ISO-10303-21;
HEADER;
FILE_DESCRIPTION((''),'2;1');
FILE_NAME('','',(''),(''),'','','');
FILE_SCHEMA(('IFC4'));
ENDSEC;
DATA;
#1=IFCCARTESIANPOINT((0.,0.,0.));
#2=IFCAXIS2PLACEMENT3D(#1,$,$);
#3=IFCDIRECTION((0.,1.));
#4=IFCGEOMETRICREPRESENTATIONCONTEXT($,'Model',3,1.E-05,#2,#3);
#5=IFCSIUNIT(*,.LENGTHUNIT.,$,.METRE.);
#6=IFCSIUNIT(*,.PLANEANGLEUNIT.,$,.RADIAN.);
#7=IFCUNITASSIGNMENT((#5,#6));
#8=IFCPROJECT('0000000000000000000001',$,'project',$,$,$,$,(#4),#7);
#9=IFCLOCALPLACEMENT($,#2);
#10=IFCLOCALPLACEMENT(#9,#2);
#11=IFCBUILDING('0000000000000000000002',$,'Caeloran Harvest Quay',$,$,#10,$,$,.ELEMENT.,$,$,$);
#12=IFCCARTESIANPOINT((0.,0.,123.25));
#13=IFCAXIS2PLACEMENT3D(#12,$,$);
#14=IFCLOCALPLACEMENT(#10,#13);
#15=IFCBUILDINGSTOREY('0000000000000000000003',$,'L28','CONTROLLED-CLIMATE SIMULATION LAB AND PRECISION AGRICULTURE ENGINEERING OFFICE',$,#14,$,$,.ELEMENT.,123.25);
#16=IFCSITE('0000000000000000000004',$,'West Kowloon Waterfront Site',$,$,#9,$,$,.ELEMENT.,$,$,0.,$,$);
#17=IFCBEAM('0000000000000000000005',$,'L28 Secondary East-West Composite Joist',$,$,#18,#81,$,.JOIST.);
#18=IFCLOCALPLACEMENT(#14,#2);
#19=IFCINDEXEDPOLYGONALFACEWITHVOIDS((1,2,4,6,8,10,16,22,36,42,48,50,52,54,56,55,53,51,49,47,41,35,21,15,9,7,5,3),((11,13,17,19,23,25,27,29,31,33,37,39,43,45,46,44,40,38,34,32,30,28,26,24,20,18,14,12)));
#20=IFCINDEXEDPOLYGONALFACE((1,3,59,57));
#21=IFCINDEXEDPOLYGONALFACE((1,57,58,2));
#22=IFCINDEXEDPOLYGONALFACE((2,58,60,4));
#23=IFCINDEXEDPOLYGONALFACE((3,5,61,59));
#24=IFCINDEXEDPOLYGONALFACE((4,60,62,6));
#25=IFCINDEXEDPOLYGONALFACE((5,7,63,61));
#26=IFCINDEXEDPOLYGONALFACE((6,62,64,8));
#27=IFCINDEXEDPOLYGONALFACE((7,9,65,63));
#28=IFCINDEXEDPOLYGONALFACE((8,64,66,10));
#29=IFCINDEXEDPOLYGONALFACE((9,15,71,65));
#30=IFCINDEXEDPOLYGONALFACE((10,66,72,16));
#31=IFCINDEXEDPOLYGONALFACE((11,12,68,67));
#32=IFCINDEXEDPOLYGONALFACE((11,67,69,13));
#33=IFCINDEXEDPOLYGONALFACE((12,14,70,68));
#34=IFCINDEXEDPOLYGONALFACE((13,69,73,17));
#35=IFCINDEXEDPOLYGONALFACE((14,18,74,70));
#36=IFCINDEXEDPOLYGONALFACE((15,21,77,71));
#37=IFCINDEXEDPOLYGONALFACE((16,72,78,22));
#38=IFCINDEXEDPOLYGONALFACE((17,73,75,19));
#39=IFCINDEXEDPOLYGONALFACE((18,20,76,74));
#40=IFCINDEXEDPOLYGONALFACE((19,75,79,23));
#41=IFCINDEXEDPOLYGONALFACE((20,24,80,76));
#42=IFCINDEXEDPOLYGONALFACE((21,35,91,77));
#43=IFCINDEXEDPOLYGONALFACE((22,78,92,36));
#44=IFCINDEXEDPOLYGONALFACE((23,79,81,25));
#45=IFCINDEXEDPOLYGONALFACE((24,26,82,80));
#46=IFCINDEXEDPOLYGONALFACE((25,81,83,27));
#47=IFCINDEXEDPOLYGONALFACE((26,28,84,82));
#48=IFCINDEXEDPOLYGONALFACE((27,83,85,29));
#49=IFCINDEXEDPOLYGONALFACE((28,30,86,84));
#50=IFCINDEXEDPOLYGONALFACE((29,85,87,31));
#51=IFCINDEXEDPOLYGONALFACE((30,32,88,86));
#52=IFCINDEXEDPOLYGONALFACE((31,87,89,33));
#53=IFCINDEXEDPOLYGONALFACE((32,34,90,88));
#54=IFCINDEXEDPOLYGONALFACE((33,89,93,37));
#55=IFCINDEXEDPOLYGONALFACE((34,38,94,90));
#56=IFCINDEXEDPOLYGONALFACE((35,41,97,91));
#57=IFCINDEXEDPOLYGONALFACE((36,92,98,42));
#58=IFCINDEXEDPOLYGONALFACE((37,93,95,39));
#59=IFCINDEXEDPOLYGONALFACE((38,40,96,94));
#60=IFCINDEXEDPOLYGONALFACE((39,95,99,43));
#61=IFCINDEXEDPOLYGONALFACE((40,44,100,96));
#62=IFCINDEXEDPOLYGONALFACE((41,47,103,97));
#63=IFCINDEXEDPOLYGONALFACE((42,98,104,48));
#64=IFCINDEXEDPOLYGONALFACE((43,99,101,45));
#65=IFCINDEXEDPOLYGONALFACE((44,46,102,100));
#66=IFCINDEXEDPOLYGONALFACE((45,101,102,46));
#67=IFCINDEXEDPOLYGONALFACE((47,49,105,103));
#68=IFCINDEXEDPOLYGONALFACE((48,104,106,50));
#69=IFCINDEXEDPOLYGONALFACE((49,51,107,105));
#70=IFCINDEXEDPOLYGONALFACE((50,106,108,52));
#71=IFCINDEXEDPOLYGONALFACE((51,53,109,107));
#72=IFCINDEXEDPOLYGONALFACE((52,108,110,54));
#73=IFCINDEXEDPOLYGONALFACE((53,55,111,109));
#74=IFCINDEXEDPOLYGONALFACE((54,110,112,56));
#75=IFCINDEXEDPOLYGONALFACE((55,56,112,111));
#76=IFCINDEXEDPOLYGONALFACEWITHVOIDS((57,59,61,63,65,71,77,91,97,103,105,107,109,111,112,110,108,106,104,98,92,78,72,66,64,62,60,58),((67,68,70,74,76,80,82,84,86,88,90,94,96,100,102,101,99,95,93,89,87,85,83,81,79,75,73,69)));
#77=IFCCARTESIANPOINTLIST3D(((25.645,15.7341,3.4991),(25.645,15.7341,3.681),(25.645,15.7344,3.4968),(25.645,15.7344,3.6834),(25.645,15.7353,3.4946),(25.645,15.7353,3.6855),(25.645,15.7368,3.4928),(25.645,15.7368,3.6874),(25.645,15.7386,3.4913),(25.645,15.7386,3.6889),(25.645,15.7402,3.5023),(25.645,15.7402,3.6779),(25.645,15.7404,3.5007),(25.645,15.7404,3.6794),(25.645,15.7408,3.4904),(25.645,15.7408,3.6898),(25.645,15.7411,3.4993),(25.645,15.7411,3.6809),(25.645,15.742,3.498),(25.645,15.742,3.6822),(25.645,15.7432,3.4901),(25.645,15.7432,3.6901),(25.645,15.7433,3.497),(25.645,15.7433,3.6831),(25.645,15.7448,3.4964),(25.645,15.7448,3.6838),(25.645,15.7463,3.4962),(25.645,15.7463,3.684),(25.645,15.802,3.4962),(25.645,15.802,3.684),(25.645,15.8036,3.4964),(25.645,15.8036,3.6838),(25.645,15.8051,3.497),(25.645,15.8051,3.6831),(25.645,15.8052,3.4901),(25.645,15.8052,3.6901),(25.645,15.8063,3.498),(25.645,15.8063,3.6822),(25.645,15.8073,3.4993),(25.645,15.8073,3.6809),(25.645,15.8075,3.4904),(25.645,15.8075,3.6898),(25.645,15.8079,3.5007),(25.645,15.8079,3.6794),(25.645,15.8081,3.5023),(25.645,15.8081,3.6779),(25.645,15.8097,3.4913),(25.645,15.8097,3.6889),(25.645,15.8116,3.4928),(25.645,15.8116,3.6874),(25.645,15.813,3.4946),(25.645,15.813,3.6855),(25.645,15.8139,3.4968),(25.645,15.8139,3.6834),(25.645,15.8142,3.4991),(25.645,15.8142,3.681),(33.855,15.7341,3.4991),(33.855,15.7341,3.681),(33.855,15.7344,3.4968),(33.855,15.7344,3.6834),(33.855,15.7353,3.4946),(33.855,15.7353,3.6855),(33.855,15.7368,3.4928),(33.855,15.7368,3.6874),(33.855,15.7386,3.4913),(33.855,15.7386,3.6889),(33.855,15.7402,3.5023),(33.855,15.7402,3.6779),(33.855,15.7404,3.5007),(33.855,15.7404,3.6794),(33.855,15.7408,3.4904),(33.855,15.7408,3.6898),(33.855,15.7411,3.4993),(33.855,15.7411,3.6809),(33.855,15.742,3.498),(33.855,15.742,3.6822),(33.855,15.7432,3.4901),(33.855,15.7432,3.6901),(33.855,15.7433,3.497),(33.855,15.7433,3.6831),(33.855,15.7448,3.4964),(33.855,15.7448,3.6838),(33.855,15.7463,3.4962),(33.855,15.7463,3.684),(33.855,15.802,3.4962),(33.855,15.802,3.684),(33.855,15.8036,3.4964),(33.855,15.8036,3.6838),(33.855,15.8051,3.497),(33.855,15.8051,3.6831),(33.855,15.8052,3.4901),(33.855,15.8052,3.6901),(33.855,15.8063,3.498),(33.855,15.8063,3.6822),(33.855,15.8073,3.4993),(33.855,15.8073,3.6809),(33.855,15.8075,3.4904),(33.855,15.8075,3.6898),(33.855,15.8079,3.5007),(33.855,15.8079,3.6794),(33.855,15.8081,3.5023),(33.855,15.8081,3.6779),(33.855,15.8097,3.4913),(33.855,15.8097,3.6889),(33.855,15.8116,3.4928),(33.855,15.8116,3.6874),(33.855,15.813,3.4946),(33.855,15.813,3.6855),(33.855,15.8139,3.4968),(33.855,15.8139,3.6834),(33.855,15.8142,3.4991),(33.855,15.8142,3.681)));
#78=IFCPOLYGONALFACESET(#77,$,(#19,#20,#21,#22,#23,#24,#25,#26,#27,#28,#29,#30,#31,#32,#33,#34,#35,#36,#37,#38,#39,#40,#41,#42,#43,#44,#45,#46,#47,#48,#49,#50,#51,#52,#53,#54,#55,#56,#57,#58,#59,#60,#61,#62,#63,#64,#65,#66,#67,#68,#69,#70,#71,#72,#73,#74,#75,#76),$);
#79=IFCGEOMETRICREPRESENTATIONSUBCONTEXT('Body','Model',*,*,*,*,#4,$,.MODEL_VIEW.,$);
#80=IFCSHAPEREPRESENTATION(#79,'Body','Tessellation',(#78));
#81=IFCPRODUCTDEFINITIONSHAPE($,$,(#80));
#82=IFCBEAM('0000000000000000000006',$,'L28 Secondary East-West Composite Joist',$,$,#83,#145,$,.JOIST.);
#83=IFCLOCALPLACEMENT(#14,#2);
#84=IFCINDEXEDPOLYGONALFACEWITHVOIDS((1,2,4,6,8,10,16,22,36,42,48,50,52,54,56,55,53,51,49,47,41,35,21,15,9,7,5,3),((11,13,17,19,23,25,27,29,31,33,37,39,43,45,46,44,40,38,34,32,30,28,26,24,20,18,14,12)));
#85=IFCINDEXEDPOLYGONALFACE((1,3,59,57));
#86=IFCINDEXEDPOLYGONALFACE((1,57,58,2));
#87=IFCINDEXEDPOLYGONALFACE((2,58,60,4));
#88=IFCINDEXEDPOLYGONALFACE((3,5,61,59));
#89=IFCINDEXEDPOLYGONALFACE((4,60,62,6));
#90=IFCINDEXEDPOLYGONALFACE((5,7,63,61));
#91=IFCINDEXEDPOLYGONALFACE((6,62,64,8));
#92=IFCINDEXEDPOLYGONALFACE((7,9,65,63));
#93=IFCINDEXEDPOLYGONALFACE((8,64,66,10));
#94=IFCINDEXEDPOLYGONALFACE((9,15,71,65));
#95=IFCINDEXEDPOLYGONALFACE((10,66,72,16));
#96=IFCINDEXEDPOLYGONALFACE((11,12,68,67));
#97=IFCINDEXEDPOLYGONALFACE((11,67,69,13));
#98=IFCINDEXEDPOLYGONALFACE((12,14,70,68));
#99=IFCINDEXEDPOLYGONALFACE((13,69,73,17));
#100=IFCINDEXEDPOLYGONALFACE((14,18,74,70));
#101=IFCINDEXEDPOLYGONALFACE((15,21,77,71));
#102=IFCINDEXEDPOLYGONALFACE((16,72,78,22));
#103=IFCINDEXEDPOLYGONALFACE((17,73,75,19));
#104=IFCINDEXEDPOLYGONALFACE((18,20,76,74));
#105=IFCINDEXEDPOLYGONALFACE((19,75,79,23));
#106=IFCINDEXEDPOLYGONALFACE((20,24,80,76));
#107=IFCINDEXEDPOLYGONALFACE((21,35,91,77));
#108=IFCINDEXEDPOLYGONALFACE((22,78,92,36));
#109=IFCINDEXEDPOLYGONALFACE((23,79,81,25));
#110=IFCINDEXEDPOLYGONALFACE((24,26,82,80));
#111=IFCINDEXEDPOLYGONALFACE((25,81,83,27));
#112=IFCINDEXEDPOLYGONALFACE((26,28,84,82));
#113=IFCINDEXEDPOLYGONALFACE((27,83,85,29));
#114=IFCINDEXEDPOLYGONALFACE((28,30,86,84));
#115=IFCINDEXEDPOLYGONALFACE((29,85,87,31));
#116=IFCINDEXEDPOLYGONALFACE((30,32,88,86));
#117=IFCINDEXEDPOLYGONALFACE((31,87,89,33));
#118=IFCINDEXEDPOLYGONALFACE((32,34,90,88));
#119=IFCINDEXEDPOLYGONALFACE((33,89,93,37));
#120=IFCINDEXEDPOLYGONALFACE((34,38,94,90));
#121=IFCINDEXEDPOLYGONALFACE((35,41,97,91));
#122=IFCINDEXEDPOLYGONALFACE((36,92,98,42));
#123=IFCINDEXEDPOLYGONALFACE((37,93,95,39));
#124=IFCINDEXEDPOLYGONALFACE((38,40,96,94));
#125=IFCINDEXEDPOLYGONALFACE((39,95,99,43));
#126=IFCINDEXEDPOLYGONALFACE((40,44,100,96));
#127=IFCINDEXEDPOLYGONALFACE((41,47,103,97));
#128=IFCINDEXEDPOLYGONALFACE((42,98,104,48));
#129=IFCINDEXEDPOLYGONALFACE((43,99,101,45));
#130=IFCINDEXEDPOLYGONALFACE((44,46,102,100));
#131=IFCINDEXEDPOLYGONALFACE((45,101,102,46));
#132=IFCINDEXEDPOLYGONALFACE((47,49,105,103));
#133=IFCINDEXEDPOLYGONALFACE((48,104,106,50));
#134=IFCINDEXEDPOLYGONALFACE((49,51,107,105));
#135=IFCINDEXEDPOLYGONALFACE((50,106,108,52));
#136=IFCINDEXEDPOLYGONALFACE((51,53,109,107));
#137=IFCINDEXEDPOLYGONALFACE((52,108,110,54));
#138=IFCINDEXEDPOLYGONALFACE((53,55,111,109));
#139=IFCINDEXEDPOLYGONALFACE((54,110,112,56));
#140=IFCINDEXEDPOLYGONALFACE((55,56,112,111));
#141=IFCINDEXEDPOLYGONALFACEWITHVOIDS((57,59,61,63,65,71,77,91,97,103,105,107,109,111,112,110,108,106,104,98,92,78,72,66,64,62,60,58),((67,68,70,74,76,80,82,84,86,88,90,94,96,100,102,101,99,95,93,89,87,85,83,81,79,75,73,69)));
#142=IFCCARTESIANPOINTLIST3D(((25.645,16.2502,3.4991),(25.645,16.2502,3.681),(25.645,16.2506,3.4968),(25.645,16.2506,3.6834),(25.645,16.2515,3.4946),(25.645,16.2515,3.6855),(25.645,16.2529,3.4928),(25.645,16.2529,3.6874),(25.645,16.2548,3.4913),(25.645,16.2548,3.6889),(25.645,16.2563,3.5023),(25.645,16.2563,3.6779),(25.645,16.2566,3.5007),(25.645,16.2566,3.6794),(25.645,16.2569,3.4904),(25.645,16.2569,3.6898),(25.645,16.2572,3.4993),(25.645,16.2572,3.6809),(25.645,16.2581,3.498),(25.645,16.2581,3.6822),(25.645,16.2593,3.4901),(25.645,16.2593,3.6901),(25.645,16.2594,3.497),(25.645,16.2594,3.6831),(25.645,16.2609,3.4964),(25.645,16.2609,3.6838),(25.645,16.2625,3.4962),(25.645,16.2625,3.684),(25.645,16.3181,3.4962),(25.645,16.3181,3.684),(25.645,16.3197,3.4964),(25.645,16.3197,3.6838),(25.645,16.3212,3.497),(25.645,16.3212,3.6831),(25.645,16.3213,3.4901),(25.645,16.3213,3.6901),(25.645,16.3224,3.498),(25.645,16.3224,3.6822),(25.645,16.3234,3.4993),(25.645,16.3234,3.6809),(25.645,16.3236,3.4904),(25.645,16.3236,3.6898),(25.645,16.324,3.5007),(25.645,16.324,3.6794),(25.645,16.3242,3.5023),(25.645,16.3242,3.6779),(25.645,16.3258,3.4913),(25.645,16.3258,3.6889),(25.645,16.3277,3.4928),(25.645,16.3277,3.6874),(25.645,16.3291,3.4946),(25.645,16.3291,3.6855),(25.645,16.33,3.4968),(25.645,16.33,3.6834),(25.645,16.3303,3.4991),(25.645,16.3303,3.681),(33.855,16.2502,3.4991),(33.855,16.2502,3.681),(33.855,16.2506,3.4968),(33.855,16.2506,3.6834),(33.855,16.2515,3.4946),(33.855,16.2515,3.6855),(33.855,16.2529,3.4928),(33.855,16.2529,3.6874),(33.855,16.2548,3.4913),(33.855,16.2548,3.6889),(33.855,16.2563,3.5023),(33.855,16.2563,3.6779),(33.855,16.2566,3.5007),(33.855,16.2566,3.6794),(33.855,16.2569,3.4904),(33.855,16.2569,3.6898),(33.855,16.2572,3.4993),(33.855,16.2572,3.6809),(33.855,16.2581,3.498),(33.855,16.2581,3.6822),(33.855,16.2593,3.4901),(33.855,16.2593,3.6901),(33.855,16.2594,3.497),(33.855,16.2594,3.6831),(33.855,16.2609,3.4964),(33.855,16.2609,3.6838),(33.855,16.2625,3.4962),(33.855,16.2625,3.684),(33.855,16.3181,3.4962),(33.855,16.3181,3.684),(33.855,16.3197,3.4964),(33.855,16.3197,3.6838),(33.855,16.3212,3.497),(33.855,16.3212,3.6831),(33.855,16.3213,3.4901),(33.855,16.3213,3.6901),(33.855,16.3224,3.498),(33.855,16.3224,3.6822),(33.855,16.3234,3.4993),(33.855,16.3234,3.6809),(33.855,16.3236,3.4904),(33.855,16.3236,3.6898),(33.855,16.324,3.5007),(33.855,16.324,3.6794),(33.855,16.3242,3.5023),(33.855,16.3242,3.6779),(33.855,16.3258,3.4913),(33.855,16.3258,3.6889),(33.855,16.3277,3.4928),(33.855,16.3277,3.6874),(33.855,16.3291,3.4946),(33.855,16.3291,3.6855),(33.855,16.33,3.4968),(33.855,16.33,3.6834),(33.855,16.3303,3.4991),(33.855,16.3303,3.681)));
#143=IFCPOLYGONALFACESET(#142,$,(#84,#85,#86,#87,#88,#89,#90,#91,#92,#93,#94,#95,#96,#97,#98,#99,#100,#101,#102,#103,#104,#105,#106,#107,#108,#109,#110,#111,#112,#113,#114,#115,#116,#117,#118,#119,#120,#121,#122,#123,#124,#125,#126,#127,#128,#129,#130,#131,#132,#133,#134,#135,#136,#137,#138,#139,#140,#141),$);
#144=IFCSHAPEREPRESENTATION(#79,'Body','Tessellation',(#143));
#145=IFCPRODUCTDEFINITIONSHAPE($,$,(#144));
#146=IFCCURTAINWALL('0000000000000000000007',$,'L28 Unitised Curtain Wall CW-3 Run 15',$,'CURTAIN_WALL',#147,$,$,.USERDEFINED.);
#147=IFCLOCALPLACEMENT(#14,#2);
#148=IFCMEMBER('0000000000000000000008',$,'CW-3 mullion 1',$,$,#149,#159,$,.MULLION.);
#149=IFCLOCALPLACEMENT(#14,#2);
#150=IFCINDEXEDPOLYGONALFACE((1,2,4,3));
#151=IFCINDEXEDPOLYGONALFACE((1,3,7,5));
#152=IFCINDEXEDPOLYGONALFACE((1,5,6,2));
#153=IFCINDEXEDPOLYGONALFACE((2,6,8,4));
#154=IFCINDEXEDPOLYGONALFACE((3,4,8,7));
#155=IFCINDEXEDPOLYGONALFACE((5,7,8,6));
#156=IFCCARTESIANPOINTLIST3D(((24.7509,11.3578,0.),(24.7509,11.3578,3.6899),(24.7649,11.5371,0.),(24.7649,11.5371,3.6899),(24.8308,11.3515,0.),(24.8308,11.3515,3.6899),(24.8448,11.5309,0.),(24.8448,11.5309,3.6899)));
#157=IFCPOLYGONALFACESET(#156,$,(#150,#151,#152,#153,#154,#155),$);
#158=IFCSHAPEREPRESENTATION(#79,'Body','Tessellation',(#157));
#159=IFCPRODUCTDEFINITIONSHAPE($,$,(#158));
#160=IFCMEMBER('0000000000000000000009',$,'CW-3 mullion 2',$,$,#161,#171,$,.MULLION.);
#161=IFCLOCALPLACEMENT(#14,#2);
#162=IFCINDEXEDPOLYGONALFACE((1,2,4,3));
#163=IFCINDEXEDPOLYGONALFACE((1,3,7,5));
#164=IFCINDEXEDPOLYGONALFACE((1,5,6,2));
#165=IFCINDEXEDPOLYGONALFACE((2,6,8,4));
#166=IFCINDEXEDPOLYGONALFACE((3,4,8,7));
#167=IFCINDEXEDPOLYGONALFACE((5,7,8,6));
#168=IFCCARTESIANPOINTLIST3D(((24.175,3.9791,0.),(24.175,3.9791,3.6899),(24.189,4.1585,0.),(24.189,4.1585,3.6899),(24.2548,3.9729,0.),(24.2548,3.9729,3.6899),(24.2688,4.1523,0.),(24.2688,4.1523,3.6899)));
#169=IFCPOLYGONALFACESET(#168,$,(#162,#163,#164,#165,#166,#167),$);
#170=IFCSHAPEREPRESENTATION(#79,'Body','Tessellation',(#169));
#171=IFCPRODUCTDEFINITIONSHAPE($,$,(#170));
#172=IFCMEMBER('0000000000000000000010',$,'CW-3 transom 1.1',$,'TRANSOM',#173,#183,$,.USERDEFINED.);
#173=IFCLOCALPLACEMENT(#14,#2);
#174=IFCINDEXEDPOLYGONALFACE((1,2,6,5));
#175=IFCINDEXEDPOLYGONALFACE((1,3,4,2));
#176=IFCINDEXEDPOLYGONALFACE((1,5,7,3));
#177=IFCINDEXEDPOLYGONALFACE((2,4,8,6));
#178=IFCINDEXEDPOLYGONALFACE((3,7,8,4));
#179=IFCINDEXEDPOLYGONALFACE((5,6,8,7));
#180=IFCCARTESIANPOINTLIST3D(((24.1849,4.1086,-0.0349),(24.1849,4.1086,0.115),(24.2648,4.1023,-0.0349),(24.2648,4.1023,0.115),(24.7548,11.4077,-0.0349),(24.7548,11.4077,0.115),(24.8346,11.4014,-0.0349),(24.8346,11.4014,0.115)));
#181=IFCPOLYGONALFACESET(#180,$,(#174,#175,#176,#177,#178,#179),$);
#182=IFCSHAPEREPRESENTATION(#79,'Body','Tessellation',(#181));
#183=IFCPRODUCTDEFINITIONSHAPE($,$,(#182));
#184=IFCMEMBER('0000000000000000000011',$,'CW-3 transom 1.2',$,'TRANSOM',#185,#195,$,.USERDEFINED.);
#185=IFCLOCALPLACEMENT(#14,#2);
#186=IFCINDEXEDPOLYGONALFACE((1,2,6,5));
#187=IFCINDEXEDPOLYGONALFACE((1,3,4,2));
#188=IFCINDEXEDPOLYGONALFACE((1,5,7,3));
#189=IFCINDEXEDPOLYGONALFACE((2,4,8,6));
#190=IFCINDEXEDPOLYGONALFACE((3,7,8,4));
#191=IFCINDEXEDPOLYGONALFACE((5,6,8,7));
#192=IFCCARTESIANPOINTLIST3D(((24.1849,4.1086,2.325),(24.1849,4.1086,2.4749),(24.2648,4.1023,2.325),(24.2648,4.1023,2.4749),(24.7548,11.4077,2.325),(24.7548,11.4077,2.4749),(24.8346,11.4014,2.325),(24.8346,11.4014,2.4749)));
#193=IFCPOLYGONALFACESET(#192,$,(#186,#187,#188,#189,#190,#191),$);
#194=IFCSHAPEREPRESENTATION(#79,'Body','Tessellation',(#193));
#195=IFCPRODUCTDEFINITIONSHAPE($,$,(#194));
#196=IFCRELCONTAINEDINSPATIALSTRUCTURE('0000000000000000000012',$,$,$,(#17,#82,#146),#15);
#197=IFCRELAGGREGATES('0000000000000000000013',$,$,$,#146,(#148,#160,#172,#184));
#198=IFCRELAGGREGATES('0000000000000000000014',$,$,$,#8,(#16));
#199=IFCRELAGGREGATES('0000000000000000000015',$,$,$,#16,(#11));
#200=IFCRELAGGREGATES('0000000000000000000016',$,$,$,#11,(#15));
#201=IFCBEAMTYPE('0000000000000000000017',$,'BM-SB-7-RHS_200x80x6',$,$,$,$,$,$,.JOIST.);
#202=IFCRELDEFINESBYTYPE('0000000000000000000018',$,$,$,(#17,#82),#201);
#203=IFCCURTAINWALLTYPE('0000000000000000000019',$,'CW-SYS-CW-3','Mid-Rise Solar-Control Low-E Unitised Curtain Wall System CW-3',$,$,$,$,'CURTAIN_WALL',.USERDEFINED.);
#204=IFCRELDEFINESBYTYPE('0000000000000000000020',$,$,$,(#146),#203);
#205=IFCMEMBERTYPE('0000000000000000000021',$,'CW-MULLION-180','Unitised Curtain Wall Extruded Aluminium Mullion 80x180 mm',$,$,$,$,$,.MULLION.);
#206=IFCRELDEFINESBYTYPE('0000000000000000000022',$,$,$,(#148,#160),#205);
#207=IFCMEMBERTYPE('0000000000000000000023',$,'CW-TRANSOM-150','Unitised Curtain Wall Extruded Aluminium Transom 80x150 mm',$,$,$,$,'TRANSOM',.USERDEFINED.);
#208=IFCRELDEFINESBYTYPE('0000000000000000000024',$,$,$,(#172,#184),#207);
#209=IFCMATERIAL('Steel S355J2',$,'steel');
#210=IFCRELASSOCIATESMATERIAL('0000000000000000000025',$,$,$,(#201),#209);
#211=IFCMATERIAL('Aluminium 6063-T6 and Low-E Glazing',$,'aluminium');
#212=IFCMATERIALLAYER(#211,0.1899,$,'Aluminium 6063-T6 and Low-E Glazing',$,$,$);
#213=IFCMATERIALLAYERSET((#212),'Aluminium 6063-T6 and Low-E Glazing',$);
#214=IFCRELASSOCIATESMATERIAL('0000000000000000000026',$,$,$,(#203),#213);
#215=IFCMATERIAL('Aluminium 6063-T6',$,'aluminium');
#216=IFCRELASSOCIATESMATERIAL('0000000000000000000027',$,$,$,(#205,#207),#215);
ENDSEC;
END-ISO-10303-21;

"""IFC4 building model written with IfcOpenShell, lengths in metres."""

from ifc_helpers import new_model, si_unit, direction, frame, origin, origin_2d, place, context, subcontext, project, spatial, rectangle, hollow_rectangle, extrude, material, layer, layer_set, material_profile, profile_set, type_object, element, aggregate, save


model = new_model("IFC4")

# Units and contexts
model_context = context("Model", 3, precision=1e-05, world=origin(), true_north=direction((0.0, 1.0)))
body_context = subcontext(model_context, "Body", "Model", "MODEL_VIEW")
ifc_project = project(units=[si_unit("LENGTHUNIT", "METRE"), si_unit("PLANEANGLEUNIT", "RADIAN")], contexts=[model_context])

# Site, building, storey
site_placement = place(None, origin())
site = spatial("IfcSite", under=ifc_project, at=site_placement, Name="West Kowloon Waterfront Site", CompositionType="ELEMENT", RefElevation=0.0)
building_placement = place(site_placement, origin())
building = spatial("IfcBuilding", under=site, at=building_placement, Name="Caeloran Harvest Quay", CompositionType="ELEMENT")
storey_placement = place(building_placement, frame((0.0, 0.0, 123.25)))
storey = spatial("IfcBuildingStorey", under=building, at=storey_placement, Name="L28", Description="CONTROLLED-CLIMATE SIMULATION LAB AND PRECISION AGRICULTURE ENGINEERING OFFICE", CompositionType="ELEMENT", Elevation=123.25)

# Beams
ifc_material_1 = material(Name="Steel S355J2", Category="steel")
ifc_material_profile_1 = material_profile(ifc_material_1, hollow_rectangle(XDim=0.0801, YDim=0.2, WallThickness=0.0061, InnerFilletRadius=0.0061, OuterFilletRadius=0.009, at=origin_2d()), Name="RHS 200x80x6")
ifc_profile_set_1 = profile_set([ifc_material_profile_1], Name="Steel S355J2")
beam_type_1 = type_object("IfcBeamType", Name="BM-SB-7-RHS_200x80x6", PredefinedType="JOIST", material=ifc_profile_set_1)
for number, where, z_axis, x_axis, name in (
    (1, (25.645, 15.7742, 3.5901), (1.0, 0.0, 0.0), (0.0, 1.0, 0.0), "L28 Secondary East-West Composite Joist"),
    (2, (25.645, 16.2903, 3.5901), (1.0, 0.0, 0.0), (0.0, 1.0, 0.0), "L28 Secondary East-West Composite Joist"),
):
    element("IfcBeam", number, at=place(storey_placement, frame(where, z_axis=z_axis, x_axis=x_axis)), inside=storey, type_object=beam_type_1, Name=name, PredefinedType="JOIST", context=body_context, shape_type="SweptSolid", body=[
        extrude(hollow_rectangle(XDim=0.0801, YDim=0.2, WallThickness=0.0061, InnerFilletRadius=0.0061, OuterFilletRadius=0.009, at=origin_2d()), origin(), (0.0, 0.0, 1.0), 8.21),
    ])

# Curtain wall, members
ifc_material_2 = material(Name="Aluminium 6063-T6 and Low-E Glazing", Category="aluminium")
ifc_layer_1 = layer(ifc_material_2, 0.1899, Name="Aluminium 6063-T6 and Low-E Glazing")
ifc_layer_set_1 = layer_set([ifc_layer_1], Name="Aluminium 6063-T6 and Low-E Glazing")
curtain_wall_type = type_object("IfcCurtainWallType", Name="CW-SYS-CW-3", Description="Mid-Rise Solar-Control Low-E Unitised Curtain Wall System CW-3", ElementType="CURTAIN_WALL", PredefinedType="USERDEFINED", material=ifc_layer_set_1)
curtain_wall_placement = place(storey_placement, origin())
curtain_wall = element("IfcCurtainWall", 3, at=curtain_wall_placement, inside=storey, type_object=curtain_wall_type, Name="L28 Unitised Curtain Wall CW-3 Run 15", ObjectType="CURTAIN_WALL", PredefinedType="USERDEFINED")
ifc_material_3 = material(Name="Aluminium 6063-T6", Category="aluminium")
ifc_material_profile_2 = material_profile(ifc_material_3, rectangle(XDim=0.0801, YDim=0.1799, at=origin_2d()), Name="CW-MULLION-180")
ifc_profile_set_2 = profile_set([ifc_material_profile_2], Name="Aluminium 6063-T6")
member_type_1 = type_object("IfcMemberType", Name="CW-MULLION-180", Description="Unitised Curtain Wall Extruded Aluminium Mullion 80x180 mm", PredefinedType="MULLION", material=ifc_profile_set_2)
member_1_placement = place(storey_placement, frame((24.7979, 11.4443, 0.0), z_axis=(0.0, 0.0, 1.0), x_axis=(0.996967, -0.077822, 0.0)))
member_1 = element("IfcMember", 4, at=member_1_placement, type_object=member_type_1, Name="CW-3 mullion 1", PredefinedType="MULLION", context=body_context, shape_type="SweptSolid", body=[
    extrude(rectangle(XDim=0.0801, YDim=0.1799, at=origin_2d()), origin(), (0.0, 0.0, 1.0), 3.6899),
])
member_2_placement = place(storey_placement, frame((24.2219, 4.0657, 0.0), z_axis=(0.0, 0.0, 1.0), x_axis=(0.996967, -0.077822, 0.0)))
member_2 = element("IfcMember", 5, at=member_2_placement, type_object=member_type_1, Name="CW-3 mullion 2", PredefinedType="MULLION", context=body_context, shape_type="SweptSolid", body=[
    extrude(rectangle(XDim=0.0801, YDim=0.1799, at=origin_2d()), origin(), (0.0, 0.0, 1.0), 3.6899),
])
ifc_material_profile_3 = material_profile(ifc_material_3, rectangle(XDim=0.0801, YDim=0.1499, at=origin_2d()), Name="CW-TRANSOM-150")
ifc_profile_set_3 = profile_set([ifc_material_profile_3], Name="Aluminium 6063-T6")
member_type_2 = type_object("IfcMemberType", Name="CW-TRANSOM-150", Description="Unitised Curtain Wall Extruded Aluminium Transom 80x150 mm", ElementType="TRANSOM", PredefinedType="USERDEFINED", material=ifc_profile_set_3)
member_3_placement = place(storey_placement, frame((24.7947, 11.4045, 0.04), z_axis=(-0.077831, -0.996967, 0.0), x_axis=(0.996967, -0.077831, 0.0)))
member_3 = element("IfcMember", 6, at=member_3_placement, type_object=member_type_2, Name="CW-3 transom 1.1", ObjectType="TRANSOM", PredefinedType="USERDEFINED", context=body_context, shape_type="SweptSolid", body=[
    extrude(rectangle(XDim=0.0801, YDim=0.1499, at=origin_2d()), origin(), (0.0, 0.0, 1.0), 7.3213),
])
member_4_placement = place(storey_placement, frame((24.7947, 11.4045, 2.3999), z_axis=(-0.077831, -0.996967, 0.0), x_axis=(0.996967, -0.077831, 0.0)))
member_4 = element("IfcMember", 7, at=member_4_placement, type_object=member_type_2, Name="CW-3 transom 1.2", ObjectType="TRANSOM", PredefinedType="USERDEFINED", context=body_context, shape_type="SweptSolid", body=[
    extrude(rectangle(XDim=0.0801, YDim=0.1499, at=origin_2d()), origin(), (0.0, 0.0, 1.0), 7.3213),
])
aggregate(curtain_wall, [member_1, member_2, member_3, member_4])

save(model, "model.ifc")
